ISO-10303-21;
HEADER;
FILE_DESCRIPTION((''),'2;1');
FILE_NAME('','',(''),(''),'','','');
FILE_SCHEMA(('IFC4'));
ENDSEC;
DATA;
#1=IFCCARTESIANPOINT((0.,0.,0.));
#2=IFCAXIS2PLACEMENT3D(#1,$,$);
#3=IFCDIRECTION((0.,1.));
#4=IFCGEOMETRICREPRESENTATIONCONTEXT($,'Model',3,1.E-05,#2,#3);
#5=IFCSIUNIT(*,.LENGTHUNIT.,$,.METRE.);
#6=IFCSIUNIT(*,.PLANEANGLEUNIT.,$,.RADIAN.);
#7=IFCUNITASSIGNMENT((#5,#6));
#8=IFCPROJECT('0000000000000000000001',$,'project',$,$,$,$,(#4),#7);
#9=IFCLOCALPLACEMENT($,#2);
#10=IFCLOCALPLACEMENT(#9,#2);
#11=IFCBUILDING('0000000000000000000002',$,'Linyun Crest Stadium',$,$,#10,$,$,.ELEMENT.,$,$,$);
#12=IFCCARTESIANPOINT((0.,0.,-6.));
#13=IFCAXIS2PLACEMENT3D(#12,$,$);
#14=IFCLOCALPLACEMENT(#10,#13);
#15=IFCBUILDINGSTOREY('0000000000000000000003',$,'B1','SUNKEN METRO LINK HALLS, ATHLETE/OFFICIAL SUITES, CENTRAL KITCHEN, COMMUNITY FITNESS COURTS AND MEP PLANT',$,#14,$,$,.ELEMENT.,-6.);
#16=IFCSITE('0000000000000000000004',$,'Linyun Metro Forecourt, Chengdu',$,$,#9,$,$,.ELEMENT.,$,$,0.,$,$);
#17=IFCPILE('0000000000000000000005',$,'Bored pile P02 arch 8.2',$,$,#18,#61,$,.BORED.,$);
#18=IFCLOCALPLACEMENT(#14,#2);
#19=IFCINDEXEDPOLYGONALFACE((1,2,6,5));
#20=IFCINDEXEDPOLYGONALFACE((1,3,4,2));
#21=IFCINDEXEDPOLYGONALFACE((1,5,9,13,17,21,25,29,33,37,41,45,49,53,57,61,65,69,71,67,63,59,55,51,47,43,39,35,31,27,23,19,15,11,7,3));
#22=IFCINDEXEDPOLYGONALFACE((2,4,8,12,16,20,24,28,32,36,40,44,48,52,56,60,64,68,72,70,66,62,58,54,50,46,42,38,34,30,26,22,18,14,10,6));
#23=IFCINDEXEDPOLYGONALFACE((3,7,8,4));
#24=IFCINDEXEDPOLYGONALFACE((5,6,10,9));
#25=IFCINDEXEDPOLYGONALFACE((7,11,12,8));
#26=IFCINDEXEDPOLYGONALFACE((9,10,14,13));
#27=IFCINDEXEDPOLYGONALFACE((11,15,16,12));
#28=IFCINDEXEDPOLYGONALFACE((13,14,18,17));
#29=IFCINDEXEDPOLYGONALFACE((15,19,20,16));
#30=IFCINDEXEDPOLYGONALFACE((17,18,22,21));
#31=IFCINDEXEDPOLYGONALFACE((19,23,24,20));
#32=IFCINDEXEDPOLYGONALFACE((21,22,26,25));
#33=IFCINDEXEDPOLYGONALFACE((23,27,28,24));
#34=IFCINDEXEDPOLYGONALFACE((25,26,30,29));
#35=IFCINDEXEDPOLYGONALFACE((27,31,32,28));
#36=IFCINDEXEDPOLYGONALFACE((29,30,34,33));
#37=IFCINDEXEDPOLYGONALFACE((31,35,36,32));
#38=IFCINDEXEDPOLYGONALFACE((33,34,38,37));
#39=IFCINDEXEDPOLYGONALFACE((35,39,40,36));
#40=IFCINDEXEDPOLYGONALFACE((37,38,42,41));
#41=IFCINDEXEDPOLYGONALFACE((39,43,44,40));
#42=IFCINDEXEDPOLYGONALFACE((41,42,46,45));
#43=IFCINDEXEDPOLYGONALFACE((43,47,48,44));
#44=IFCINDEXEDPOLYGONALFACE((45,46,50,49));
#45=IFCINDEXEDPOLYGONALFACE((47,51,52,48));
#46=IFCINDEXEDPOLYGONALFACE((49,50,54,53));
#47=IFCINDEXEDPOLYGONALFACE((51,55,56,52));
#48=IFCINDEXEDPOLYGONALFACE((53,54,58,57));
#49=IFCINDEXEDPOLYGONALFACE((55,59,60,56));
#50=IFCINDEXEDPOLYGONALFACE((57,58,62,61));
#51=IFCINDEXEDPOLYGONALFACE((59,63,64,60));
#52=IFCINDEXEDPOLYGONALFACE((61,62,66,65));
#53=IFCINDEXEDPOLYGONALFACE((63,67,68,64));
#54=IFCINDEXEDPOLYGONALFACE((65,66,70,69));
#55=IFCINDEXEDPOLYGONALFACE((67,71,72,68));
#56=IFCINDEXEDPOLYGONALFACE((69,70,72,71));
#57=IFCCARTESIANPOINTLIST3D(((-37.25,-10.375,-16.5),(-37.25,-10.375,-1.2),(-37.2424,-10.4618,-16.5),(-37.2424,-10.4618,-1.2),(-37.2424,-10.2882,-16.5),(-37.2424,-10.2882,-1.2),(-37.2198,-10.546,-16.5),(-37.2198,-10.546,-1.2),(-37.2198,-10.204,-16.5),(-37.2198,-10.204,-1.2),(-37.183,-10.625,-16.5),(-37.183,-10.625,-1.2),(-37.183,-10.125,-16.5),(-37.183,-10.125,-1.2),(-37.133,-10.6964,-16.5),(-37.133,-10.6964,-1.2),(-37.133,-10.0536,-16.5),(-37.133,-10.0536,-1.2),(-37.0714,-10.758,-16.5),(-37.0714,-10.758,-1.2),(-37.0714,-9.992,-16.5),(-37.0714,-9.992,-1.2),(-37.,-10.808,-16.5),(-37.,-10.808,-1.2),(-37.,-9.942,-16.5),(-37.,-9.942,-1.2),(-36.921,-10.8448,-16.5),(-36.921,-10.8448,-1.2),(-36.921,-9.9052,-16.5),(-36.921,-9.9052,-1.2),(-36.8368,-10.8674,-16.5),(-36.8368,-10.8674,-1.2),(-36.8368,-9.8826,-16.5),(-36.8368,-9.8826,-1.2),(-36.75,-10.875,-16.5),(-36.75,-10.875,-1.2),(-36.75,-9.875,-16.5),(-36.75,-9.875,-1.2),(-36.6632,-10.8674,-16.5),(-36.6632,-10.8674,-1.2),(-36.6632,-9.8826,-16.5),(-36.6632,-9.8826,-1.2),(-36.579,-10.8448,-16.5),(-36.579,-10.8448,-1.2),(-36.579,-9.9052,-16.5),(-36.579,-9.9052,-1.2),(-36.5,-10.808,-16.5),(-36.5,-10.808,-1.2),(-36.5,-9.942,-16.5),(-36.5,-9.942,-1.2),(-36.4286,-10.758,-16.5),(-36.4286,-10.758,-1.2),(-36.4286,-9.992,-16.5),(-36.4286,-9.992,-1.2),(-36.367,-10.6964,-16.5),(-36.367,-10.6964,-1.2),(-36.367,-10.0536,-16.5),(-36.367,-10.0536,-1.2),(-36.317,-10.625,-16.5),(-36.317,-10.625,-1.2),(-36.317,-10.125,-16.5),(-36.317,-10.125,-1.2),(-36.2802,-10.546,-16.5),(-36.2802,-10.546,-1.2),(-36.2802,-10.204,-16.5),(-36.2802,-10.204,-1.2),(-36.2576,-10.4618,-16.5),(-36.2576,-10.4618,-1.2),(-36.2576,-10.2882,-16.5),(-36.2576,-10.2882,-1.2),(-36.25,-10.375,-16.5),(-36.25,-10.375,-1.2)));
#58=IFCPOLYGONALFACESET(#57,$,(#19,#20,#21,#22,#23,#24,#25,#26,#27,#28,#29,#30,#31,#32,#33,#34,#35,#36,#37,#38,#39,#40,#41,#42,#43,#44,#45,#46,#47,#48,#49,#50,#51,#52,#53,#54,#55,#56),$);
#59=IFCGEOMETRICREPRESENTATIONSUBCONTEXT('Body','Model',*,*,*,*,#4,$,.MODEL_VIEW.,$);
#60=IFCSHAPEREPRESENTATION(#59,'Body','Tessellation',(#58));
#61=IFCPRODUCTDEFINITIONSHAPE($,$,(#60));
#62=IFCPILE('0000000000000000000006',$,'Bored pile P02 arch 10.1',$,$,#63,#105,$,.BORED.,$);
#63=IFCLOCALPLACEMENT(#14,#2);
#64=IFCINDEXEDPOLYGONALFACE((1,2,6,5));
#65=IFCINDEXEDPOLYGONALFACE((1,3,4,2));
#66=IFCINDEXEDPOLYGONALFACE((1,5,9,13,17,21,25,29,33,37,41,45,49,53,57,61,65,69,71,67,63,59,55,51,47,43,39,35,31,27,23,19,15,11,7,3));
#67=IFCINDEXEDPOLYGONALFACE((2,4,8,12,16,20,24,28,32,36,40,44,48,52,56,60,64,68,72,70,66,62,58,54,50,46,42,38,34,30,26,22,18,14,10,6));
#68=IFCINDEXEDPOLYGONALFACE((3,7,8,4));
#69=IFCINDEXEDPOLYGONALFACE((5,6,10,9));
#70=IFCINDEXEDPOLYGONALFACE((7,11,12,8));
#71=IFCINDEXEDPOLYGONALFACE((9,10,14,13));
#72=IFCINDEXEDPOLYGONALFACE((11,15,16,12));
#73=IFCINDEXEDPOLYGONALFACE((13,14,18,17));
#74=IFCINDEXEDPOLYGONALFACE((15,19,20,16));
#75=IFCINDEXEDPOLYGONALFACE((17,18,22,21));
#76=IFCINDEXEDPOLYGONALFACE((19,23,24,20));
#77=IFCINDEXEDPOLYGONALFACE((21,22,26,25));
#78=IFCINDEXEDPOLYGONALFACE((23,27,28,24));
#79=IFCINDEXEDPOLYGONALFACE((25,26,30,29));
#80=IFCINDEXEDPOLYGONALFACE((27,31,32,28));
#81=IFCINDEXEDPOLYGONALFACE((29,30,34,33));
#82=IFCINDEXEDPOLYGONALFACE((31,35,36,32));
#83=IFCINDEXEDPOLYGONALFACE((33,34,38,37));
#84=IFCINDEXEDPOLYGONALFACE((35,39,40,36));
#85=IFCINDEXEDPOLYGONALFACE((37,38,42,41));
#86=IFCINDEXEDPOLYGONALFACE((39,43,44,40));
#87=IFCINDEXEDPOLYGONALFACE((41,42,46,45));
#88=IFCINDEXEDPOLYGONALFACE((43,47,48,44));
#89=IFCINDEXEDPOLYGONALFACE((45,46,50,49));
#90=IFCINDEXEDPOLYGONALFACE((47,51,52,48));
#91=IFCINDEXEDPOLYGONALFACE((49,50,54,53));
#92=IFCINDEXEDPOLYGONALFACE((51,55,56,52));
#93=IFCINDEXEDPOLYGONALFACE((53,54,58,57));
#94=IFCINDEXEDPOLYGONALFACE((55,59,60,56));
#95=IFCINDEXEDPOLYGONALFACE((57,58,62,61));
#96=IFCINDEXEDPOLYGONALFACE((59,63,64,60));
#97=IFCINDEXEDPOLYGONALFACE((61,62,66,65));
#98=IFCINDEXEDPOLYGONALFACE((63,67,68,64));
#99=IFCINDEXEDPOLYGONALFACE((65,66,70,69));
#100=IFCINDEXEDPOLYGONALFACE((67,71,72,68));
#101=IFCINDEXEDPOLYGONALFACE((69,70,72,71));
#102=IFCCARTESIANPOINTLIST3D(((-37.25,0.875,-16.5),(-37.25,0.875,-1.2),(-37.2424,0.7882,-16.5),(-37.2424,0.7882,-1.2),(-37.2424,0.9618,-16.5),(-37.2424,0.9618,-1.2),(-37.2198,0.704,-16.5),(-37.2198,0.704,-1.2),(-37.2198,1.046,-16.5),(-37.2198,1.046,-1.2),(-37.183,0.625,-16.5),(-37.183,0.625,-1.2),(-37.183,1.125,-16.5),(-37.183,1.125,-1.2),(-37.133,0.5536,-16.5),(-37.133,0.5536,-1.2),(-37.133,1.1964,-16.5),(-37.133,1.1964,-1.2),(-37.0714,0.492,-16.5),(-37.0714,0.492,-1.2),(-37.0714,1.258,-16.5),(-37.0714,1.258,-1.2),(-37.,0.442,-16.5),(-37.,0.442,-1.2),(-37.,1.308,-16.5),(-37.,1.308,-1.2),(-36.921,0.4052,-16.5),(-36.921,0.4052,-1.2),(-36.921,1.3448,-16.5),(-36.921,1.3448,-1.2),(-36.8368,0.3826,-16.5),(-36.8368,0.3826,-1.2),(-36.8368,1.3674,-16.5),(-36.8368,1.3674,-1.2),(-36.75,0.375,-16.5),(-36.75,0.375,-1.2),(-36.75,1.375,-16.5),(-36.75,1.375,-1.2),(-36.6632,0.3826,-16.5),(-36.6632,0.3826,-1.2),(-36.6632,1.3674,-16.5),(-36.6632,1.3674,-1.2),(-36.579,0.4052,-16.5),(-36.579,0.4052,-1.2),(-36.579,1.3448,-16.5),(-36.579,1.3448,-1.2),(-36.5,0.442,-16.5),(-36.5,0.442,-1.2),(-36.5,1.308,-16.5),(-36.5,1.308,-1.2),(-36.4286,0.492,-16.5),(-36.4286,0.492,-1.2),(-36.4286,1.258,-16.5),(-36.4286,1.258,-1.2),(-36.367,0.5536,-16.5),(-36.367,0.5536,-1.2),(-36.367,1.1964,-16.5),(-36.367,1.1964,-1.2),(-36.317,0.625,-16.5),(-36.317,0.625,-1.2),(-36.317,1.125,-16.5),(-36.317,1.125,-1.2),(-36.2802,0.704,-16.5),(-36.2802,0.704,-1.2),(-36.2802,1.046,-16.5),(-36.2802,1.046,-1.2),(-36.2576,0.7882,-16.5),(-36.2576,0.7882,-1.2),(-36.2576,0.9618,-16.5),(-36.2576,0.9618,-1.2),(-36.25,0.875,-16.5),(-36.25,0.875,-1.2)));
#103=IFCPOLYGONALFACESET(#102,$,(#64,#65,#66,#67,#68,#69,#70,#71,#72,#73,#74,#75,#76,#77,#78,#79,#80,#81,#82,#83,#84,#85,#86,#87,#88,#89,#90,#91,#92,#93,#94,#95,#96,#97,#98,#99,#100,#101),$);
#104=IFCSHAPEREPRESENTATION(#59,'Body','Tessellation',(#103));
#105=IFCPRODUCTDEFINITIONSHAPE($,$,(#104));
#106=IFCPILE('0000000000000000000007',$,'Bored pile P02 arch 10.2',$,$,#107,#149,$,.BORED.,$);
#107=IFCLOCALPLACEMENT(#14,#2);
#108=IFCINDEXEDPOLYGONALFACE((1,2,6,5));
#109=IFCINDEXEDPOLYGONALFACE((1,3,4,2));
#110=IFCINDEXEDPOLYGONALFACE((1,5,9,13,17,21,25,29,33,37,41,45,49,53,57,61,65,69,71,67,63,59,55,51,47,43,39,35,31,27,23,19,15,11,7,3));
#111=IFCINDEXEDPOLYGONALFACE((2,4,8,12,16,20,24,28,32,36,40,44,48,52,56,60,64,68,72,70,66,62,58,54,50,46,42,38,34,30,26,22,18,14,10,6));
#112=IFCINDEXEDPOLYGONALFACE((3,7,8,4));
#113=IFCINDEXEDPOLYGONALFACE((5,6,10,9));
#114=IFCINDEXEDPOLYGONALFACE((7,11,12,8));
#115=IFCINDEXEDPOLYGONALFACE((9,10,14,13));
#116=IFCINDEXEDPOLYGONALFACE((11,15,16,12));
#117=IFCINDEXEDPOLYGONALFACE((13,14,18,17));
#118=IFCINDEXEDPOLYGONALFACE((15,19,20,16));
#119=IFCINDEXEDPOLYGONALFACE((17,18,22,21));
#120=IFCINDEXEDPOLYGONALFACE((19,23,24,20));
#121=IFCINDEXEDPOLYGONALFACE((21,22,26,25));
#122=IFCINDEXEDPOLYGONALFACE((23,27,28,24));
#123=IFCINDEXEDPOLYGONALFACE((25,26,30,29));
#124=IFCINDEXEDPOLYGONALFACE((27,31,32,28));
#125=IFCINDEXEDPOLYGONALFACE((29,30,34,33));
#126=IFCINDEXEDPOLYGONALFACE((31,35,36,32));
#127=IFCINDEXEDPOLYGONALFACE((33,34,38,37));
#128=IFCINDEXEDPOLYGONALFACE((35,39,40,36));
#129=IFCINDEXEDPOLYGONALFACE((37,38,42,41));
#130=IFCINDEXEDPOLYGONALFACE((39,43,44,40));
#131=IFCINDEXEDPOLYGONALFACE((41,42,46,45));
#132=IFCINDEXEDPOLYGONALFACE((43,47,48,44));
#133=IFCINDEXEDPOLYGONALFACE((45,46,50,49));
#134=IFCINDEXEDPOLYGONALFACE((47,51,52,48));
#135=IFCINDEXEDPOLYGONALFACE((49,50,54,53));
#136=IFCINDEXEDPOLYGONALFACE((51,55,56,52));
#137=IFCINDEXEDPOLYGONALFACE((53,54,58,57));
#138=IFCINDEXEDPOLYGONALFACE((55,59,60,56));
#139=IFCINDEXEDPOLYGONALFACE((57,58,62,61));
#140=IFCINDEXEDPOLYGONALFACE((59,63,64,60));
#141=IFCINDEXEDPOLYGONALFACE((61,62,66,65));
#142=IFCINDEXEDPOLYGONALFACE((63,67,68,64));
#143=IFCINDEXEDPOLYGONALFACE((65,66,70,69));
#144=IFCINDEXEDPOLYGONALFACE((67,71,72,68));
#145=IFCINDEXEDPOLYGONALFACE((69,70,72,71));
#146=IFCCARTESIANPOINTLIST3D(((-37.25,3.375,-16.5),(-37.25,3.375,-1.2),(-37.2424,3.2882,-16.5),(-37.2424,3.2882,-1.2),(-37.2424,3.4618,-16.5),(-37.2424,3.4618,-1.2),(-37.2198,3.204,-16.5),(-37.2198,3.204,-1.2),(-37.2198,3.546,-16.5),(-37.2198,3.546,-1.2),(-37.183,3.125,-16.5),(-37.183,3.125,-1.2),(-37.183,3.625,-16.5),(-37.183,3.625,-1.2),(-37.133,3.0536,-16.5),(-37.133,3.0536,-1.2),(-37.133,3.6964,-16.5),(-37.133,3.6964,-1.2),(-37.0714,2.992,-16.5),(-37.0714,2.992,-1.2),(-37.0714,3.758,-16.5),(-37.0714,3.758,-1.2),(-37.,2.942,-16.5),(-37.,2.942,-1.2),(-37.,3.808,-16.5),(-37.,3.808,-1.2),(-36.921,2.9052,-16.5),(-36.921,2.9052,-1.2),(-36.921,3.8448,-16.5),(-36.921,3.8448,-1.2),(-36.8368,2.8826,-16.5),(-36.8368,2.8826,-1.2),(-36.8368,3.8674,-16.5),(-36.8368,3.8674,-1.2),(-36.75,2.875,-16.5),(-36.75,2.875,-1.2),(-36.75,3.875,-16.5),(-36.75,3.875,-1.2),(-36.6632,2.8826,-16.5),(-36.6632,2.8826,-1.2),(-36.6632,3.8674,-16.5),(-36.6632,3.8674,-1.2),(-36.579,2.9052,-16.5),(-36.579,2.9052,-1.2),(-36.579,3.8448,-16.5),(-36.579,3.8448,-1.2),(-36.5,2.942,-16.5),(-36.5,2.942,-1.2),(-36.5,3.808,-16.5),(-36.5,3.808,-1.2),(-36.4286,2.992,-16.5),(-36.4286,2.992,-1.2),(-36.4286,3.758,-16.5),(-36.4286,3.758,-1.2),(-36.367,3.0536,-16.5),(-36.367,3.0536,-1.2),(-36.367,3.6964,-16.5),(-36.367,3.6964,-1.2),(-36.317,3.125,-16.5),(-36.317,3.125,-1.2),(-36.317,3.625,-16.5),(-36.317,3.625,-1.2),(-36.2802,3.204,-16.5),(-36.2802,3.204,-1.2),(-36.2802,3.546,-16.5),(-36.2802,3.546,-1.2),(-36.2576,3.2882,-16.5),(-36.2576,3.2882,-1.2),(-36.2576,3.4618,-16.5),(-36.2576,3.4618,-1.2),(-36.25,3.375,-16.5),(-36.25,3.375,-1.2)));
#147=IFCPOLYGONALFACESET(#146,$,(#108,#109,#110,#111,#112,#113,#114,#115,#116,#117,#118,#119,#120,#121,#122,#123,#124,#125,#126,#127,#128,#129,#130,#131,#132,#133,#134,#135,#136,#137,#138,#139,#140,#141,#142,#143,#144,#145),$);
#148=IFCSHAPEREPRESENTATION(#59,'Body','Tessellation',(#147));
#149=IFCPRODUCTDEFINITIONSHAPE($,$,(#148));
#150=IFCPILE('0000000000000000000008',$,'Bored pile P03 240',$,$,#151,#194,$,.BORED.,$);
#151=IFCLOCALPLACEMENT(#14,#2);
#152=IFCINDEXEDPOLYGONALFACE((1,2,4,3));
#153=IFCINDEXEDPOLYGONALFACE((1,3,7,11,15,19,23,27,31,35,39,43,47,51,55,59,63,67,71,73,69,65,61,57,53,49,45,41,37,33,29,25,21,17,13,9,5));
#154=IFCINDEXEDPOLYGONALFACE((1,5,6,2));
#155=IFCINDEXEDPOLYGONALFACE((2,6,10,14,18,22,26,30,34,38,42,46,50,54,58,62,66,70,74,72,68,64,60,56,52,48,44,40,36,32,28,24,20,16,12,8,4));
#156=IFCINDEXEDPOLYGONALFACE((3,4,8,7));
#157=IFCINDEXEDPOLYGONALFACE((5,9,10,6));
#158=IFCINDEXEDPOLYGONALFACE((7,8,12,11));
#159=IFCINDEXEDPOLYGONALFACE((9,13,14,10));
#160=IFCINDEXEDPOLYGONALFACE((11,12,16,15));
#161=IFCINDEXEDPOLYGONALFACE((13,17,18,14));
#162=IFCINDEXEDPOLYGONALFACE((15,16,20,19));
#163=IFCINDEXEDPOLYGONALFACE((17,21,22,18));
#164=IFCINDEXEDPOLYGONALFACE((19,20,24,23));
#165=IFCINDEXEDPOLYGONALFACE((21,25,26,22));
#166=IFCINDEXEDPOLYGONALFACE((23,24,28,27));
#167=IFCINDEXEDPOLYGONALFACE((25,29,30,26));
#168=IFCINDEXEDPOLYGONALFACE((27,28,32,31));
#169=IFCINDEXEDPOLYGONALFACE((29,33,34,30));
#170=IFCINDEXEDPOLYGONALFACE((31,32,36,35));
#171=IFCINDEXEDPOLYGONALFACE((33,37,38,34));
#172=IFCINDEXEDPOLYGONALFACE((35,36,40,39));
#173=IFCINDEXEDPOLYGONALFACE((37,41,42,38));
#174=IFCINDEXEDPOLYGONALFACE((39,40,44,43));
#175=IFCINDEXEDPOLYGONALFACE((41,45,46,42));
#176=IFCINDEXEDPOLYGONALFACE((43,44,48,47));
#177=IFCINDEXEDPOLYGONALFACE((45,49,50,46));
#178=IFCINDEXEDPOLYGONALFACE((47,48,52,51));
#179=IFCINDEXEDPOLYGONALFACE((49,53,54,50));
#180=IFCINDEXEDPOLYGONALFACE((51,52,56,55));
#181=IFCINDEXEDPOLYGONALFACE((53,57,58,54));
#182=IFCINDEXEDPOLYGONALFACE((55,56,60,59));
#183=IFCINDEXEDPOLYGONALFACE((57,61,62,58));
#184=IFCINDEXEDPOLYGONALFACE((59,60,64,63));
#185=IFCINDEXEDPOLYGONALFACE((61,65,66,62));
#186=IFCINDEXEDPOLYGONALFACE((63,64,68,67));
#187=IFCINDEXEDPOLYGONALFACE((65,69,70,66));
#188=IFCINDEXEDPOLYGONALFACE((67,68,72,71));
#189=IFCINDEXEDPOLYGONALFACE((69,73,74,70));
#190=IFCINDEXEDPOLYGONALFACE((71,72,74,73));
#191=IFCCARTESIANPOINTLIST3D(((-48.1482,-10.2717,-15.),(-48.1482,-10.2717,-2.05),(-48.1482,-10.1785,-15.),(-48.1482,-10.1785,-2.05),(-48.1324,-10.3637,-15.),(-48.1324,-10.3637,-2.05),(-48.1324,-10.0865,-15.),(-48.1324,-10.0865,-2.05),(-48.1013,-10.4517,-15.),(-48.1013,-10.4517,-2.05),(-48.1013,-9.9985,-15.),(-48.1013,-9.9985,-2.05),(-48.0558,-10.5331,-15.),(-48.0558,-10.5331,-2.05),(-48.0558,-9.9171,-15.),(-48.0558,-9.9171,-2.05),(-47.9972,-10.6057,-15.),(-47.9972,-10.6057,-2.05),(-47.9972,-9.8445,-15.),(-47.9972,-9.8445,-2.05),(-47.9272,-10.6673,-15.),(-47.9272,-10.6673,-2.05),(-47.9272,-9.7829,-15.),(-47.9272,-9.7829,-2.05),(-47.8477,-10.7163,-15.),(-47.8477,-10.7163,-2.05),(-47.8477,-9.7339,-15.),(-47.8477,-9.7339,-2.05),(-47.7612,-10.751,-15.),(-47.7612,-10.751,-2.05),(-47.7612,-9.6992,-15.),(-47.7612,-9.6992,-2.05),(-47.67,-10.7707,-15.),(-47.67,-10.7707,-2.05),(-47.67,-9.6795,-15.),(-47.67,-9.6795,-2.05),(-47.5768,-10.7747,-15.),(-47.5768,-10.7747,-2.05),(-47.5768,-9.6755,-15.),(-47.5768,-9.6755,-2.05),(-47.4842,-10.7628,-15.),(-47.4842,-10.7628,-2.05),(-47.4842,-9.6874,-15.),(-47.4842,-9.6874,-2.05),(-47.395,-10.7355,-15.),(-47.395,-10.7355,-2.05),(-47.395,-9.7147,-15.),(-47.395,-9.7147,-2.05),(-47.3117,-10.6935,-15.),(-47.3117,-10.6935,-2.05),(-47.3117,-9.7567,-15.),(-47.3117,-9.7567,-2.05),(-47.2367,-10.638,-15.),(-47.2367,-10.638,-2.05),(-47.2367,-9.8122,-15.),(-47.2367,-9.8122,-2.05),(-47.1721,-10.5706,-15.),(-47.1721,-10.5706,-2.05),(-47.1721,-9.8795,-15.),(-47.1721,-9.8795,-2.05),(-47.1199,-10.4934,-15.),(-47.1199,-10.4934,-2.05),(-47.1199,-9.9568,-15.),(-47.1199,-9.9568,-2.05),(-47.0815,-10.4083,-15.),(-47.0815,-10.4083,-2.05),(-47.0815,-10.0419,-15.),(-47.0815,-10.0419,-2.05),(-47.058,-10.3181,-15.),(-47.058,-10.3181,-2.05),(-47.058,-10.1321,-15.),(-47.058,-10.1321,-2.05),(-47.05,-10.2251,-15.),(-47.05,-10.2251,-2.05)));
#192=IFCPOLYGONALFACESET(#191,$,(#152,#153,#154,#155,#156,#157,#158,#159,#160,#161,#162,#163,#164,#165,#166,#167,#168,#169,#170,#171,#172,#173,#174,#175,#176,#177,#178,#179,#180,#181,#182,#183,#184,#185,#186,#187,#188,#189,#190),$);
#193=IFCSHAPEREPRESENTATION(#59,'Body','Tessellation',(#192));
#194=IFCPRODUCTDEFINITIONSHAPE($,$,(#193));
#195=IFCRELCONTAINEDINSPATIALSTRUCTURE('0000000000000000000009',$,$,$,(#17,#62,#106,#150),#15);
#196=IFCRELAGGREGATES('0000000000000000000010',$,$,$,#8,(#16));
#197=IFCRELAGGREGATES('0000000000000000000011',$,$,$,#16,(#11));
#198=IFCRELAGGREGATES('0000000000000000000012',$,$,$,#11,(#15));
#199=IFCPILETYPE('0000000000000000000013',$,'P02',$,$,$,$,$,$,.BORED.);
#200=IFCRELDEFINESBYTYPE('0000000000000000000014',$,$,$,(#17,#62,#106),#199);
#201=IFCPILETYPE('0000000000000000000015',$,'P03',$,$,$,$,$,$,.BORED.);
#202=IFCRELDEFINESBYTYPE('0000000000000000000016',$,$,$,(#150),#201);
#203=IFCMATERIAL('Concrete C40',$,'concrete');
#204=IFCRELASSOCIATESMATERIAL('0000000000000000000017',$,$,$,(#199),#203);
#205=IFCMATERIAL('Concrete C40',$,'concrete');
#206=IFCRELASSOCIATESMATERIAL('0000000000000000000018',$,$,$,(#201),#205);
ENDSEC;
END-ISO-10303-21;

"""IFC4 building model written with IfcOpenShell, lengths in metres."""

from ifc_helpers import new_model, si_unit, direction, frame, origin, origin_2d, place, context, subcontext, project, spatial, circle, extrude, material, material_profile, profile_set, type_object, element, save


model = new_model("IFC4")

# Units and contexts
model_context = context("Model", 3, precision=1e-05, world=origin(), true_north=direction((0.0, 1.0)))
body_context = subcontext(model_context, "Body", "Model", "MODEL_VIEW")
ifc_project = project(units=[si_unit("LENGTHUNIT", "METRE"), si_unit("PLANEANGLEUNIT", "RADIAN")], contexts=[model_context])

# Site, building, storey
site_placement = place(None, origin())
site = spatial("IfcSite", under=ifc_project, at=site_placement, Name="Linyun Metro Forecourt, Chengdu", CompositionType="ELEMENT", RefElevation=0.0)
building_placement = place(site_placement, origin())
building = spatial("IfcBuilding", under=site, at=building_placement, Name="Linyun Crest Stadium", CompositionType="ELEMENT")
storey_placement = place(building_placement, frame((0.0, 0.0, -6.0)))
storey = spatial("IfcBuildingStorey", under=building, at=storey_placement, Name="B1", Description="SUNKEN METRO LINK HALLS, ATHLETE/OFFICIAL SUITES, CENTRAL KITCHEN, COMMUNITY FITNESS COURTS AND MEP PLANT", CompositionType="ELEMENT", Elevation=-6.0)

# Piles
ifc_material_1 = material(Name="Concrete C40", Category="concrete")
ifc_material_profile_1 = material_profile(ifc_material_1, circle(Radius=0.5, at=origin_2d()), Name="BORED PILE 1000")
ifc_profile_set_1 = profile_set([ifc_material_profile_1], Name="Concrete C40")
pile_type_1 = type_object("IfcPileType", Name="P02", PredefinedType="BORED", material=ifc_profile_set_1)
for number, where, z_axis, x_axis, name in (
    (1, (-36.75, -10.375, -1.2), (0.0, 0.0, -1.0), (1.0, 0.0, 0.0), "Bored pile P02 arch 8.2"),
    (2, (-36.75, 0.875, -1.2), (0.0, 0.0, -1.0), (1.0, 0.0, 0.0), "Bored pile P02 arch 10.1"),
    (3, (-36.75, 3.375, -1.2), (0.0, 0.0, -1.0), (1.0, 0.0, 0.0), "Bored pile P02 arch 10.2"),
):
    element("IfcPile", number, at=place(storey_placement, frame(where, z_axis=z_axis, x_axis=x_axis)), inside=storey, type_object=pile_type_1, Name=name, PredefinedType="BORED", context=body_context, shape_type="SweptSolid", body=[
        extrude(circle(Radius=0.5, at=origin_2d()), origin(), (0.0, 0.0, 1.0), 15.3),
    ])
ifc_material_2 = material(Name="Concrete C40", Category="concrete")
ifc_material_profile_2 = material_profile(ifc_material_2, circle(Radius=0.55, at=origin_2d()), Name="BORED PILE 1100")
ifc_profile_set_2 = profile_set([ifc_material_profile_2], Name="Concrete C40")
pile_type_2 = type_object("IfcPileType", Name="P03", PredefinedType="BORED", material=ifc_profile_set_2)
for number, where, z_axis, x_axis, name in (
    (4, (-47.6001, -10.2251, -2.05), (0.0, 0.0, -1.0), (1.0, 0.0, 0.0), "Bored pile P03 240"),
):
    element("IfcPile", number, at=place(storey_placement, frame(where, z_axis=z_axis, x_axis=x_axis)), inside=storey, type_object=pile_type_2, Name=name, PredefinedType="BORED", context=body_context, shape_type="SweptSolid", body=[
        extrude(circle(Radius=0.55, at=origin_2d()), origin(), (0.0, 0.0, 1.0), 12.95),
    ])

save(model, "model.ifc")
